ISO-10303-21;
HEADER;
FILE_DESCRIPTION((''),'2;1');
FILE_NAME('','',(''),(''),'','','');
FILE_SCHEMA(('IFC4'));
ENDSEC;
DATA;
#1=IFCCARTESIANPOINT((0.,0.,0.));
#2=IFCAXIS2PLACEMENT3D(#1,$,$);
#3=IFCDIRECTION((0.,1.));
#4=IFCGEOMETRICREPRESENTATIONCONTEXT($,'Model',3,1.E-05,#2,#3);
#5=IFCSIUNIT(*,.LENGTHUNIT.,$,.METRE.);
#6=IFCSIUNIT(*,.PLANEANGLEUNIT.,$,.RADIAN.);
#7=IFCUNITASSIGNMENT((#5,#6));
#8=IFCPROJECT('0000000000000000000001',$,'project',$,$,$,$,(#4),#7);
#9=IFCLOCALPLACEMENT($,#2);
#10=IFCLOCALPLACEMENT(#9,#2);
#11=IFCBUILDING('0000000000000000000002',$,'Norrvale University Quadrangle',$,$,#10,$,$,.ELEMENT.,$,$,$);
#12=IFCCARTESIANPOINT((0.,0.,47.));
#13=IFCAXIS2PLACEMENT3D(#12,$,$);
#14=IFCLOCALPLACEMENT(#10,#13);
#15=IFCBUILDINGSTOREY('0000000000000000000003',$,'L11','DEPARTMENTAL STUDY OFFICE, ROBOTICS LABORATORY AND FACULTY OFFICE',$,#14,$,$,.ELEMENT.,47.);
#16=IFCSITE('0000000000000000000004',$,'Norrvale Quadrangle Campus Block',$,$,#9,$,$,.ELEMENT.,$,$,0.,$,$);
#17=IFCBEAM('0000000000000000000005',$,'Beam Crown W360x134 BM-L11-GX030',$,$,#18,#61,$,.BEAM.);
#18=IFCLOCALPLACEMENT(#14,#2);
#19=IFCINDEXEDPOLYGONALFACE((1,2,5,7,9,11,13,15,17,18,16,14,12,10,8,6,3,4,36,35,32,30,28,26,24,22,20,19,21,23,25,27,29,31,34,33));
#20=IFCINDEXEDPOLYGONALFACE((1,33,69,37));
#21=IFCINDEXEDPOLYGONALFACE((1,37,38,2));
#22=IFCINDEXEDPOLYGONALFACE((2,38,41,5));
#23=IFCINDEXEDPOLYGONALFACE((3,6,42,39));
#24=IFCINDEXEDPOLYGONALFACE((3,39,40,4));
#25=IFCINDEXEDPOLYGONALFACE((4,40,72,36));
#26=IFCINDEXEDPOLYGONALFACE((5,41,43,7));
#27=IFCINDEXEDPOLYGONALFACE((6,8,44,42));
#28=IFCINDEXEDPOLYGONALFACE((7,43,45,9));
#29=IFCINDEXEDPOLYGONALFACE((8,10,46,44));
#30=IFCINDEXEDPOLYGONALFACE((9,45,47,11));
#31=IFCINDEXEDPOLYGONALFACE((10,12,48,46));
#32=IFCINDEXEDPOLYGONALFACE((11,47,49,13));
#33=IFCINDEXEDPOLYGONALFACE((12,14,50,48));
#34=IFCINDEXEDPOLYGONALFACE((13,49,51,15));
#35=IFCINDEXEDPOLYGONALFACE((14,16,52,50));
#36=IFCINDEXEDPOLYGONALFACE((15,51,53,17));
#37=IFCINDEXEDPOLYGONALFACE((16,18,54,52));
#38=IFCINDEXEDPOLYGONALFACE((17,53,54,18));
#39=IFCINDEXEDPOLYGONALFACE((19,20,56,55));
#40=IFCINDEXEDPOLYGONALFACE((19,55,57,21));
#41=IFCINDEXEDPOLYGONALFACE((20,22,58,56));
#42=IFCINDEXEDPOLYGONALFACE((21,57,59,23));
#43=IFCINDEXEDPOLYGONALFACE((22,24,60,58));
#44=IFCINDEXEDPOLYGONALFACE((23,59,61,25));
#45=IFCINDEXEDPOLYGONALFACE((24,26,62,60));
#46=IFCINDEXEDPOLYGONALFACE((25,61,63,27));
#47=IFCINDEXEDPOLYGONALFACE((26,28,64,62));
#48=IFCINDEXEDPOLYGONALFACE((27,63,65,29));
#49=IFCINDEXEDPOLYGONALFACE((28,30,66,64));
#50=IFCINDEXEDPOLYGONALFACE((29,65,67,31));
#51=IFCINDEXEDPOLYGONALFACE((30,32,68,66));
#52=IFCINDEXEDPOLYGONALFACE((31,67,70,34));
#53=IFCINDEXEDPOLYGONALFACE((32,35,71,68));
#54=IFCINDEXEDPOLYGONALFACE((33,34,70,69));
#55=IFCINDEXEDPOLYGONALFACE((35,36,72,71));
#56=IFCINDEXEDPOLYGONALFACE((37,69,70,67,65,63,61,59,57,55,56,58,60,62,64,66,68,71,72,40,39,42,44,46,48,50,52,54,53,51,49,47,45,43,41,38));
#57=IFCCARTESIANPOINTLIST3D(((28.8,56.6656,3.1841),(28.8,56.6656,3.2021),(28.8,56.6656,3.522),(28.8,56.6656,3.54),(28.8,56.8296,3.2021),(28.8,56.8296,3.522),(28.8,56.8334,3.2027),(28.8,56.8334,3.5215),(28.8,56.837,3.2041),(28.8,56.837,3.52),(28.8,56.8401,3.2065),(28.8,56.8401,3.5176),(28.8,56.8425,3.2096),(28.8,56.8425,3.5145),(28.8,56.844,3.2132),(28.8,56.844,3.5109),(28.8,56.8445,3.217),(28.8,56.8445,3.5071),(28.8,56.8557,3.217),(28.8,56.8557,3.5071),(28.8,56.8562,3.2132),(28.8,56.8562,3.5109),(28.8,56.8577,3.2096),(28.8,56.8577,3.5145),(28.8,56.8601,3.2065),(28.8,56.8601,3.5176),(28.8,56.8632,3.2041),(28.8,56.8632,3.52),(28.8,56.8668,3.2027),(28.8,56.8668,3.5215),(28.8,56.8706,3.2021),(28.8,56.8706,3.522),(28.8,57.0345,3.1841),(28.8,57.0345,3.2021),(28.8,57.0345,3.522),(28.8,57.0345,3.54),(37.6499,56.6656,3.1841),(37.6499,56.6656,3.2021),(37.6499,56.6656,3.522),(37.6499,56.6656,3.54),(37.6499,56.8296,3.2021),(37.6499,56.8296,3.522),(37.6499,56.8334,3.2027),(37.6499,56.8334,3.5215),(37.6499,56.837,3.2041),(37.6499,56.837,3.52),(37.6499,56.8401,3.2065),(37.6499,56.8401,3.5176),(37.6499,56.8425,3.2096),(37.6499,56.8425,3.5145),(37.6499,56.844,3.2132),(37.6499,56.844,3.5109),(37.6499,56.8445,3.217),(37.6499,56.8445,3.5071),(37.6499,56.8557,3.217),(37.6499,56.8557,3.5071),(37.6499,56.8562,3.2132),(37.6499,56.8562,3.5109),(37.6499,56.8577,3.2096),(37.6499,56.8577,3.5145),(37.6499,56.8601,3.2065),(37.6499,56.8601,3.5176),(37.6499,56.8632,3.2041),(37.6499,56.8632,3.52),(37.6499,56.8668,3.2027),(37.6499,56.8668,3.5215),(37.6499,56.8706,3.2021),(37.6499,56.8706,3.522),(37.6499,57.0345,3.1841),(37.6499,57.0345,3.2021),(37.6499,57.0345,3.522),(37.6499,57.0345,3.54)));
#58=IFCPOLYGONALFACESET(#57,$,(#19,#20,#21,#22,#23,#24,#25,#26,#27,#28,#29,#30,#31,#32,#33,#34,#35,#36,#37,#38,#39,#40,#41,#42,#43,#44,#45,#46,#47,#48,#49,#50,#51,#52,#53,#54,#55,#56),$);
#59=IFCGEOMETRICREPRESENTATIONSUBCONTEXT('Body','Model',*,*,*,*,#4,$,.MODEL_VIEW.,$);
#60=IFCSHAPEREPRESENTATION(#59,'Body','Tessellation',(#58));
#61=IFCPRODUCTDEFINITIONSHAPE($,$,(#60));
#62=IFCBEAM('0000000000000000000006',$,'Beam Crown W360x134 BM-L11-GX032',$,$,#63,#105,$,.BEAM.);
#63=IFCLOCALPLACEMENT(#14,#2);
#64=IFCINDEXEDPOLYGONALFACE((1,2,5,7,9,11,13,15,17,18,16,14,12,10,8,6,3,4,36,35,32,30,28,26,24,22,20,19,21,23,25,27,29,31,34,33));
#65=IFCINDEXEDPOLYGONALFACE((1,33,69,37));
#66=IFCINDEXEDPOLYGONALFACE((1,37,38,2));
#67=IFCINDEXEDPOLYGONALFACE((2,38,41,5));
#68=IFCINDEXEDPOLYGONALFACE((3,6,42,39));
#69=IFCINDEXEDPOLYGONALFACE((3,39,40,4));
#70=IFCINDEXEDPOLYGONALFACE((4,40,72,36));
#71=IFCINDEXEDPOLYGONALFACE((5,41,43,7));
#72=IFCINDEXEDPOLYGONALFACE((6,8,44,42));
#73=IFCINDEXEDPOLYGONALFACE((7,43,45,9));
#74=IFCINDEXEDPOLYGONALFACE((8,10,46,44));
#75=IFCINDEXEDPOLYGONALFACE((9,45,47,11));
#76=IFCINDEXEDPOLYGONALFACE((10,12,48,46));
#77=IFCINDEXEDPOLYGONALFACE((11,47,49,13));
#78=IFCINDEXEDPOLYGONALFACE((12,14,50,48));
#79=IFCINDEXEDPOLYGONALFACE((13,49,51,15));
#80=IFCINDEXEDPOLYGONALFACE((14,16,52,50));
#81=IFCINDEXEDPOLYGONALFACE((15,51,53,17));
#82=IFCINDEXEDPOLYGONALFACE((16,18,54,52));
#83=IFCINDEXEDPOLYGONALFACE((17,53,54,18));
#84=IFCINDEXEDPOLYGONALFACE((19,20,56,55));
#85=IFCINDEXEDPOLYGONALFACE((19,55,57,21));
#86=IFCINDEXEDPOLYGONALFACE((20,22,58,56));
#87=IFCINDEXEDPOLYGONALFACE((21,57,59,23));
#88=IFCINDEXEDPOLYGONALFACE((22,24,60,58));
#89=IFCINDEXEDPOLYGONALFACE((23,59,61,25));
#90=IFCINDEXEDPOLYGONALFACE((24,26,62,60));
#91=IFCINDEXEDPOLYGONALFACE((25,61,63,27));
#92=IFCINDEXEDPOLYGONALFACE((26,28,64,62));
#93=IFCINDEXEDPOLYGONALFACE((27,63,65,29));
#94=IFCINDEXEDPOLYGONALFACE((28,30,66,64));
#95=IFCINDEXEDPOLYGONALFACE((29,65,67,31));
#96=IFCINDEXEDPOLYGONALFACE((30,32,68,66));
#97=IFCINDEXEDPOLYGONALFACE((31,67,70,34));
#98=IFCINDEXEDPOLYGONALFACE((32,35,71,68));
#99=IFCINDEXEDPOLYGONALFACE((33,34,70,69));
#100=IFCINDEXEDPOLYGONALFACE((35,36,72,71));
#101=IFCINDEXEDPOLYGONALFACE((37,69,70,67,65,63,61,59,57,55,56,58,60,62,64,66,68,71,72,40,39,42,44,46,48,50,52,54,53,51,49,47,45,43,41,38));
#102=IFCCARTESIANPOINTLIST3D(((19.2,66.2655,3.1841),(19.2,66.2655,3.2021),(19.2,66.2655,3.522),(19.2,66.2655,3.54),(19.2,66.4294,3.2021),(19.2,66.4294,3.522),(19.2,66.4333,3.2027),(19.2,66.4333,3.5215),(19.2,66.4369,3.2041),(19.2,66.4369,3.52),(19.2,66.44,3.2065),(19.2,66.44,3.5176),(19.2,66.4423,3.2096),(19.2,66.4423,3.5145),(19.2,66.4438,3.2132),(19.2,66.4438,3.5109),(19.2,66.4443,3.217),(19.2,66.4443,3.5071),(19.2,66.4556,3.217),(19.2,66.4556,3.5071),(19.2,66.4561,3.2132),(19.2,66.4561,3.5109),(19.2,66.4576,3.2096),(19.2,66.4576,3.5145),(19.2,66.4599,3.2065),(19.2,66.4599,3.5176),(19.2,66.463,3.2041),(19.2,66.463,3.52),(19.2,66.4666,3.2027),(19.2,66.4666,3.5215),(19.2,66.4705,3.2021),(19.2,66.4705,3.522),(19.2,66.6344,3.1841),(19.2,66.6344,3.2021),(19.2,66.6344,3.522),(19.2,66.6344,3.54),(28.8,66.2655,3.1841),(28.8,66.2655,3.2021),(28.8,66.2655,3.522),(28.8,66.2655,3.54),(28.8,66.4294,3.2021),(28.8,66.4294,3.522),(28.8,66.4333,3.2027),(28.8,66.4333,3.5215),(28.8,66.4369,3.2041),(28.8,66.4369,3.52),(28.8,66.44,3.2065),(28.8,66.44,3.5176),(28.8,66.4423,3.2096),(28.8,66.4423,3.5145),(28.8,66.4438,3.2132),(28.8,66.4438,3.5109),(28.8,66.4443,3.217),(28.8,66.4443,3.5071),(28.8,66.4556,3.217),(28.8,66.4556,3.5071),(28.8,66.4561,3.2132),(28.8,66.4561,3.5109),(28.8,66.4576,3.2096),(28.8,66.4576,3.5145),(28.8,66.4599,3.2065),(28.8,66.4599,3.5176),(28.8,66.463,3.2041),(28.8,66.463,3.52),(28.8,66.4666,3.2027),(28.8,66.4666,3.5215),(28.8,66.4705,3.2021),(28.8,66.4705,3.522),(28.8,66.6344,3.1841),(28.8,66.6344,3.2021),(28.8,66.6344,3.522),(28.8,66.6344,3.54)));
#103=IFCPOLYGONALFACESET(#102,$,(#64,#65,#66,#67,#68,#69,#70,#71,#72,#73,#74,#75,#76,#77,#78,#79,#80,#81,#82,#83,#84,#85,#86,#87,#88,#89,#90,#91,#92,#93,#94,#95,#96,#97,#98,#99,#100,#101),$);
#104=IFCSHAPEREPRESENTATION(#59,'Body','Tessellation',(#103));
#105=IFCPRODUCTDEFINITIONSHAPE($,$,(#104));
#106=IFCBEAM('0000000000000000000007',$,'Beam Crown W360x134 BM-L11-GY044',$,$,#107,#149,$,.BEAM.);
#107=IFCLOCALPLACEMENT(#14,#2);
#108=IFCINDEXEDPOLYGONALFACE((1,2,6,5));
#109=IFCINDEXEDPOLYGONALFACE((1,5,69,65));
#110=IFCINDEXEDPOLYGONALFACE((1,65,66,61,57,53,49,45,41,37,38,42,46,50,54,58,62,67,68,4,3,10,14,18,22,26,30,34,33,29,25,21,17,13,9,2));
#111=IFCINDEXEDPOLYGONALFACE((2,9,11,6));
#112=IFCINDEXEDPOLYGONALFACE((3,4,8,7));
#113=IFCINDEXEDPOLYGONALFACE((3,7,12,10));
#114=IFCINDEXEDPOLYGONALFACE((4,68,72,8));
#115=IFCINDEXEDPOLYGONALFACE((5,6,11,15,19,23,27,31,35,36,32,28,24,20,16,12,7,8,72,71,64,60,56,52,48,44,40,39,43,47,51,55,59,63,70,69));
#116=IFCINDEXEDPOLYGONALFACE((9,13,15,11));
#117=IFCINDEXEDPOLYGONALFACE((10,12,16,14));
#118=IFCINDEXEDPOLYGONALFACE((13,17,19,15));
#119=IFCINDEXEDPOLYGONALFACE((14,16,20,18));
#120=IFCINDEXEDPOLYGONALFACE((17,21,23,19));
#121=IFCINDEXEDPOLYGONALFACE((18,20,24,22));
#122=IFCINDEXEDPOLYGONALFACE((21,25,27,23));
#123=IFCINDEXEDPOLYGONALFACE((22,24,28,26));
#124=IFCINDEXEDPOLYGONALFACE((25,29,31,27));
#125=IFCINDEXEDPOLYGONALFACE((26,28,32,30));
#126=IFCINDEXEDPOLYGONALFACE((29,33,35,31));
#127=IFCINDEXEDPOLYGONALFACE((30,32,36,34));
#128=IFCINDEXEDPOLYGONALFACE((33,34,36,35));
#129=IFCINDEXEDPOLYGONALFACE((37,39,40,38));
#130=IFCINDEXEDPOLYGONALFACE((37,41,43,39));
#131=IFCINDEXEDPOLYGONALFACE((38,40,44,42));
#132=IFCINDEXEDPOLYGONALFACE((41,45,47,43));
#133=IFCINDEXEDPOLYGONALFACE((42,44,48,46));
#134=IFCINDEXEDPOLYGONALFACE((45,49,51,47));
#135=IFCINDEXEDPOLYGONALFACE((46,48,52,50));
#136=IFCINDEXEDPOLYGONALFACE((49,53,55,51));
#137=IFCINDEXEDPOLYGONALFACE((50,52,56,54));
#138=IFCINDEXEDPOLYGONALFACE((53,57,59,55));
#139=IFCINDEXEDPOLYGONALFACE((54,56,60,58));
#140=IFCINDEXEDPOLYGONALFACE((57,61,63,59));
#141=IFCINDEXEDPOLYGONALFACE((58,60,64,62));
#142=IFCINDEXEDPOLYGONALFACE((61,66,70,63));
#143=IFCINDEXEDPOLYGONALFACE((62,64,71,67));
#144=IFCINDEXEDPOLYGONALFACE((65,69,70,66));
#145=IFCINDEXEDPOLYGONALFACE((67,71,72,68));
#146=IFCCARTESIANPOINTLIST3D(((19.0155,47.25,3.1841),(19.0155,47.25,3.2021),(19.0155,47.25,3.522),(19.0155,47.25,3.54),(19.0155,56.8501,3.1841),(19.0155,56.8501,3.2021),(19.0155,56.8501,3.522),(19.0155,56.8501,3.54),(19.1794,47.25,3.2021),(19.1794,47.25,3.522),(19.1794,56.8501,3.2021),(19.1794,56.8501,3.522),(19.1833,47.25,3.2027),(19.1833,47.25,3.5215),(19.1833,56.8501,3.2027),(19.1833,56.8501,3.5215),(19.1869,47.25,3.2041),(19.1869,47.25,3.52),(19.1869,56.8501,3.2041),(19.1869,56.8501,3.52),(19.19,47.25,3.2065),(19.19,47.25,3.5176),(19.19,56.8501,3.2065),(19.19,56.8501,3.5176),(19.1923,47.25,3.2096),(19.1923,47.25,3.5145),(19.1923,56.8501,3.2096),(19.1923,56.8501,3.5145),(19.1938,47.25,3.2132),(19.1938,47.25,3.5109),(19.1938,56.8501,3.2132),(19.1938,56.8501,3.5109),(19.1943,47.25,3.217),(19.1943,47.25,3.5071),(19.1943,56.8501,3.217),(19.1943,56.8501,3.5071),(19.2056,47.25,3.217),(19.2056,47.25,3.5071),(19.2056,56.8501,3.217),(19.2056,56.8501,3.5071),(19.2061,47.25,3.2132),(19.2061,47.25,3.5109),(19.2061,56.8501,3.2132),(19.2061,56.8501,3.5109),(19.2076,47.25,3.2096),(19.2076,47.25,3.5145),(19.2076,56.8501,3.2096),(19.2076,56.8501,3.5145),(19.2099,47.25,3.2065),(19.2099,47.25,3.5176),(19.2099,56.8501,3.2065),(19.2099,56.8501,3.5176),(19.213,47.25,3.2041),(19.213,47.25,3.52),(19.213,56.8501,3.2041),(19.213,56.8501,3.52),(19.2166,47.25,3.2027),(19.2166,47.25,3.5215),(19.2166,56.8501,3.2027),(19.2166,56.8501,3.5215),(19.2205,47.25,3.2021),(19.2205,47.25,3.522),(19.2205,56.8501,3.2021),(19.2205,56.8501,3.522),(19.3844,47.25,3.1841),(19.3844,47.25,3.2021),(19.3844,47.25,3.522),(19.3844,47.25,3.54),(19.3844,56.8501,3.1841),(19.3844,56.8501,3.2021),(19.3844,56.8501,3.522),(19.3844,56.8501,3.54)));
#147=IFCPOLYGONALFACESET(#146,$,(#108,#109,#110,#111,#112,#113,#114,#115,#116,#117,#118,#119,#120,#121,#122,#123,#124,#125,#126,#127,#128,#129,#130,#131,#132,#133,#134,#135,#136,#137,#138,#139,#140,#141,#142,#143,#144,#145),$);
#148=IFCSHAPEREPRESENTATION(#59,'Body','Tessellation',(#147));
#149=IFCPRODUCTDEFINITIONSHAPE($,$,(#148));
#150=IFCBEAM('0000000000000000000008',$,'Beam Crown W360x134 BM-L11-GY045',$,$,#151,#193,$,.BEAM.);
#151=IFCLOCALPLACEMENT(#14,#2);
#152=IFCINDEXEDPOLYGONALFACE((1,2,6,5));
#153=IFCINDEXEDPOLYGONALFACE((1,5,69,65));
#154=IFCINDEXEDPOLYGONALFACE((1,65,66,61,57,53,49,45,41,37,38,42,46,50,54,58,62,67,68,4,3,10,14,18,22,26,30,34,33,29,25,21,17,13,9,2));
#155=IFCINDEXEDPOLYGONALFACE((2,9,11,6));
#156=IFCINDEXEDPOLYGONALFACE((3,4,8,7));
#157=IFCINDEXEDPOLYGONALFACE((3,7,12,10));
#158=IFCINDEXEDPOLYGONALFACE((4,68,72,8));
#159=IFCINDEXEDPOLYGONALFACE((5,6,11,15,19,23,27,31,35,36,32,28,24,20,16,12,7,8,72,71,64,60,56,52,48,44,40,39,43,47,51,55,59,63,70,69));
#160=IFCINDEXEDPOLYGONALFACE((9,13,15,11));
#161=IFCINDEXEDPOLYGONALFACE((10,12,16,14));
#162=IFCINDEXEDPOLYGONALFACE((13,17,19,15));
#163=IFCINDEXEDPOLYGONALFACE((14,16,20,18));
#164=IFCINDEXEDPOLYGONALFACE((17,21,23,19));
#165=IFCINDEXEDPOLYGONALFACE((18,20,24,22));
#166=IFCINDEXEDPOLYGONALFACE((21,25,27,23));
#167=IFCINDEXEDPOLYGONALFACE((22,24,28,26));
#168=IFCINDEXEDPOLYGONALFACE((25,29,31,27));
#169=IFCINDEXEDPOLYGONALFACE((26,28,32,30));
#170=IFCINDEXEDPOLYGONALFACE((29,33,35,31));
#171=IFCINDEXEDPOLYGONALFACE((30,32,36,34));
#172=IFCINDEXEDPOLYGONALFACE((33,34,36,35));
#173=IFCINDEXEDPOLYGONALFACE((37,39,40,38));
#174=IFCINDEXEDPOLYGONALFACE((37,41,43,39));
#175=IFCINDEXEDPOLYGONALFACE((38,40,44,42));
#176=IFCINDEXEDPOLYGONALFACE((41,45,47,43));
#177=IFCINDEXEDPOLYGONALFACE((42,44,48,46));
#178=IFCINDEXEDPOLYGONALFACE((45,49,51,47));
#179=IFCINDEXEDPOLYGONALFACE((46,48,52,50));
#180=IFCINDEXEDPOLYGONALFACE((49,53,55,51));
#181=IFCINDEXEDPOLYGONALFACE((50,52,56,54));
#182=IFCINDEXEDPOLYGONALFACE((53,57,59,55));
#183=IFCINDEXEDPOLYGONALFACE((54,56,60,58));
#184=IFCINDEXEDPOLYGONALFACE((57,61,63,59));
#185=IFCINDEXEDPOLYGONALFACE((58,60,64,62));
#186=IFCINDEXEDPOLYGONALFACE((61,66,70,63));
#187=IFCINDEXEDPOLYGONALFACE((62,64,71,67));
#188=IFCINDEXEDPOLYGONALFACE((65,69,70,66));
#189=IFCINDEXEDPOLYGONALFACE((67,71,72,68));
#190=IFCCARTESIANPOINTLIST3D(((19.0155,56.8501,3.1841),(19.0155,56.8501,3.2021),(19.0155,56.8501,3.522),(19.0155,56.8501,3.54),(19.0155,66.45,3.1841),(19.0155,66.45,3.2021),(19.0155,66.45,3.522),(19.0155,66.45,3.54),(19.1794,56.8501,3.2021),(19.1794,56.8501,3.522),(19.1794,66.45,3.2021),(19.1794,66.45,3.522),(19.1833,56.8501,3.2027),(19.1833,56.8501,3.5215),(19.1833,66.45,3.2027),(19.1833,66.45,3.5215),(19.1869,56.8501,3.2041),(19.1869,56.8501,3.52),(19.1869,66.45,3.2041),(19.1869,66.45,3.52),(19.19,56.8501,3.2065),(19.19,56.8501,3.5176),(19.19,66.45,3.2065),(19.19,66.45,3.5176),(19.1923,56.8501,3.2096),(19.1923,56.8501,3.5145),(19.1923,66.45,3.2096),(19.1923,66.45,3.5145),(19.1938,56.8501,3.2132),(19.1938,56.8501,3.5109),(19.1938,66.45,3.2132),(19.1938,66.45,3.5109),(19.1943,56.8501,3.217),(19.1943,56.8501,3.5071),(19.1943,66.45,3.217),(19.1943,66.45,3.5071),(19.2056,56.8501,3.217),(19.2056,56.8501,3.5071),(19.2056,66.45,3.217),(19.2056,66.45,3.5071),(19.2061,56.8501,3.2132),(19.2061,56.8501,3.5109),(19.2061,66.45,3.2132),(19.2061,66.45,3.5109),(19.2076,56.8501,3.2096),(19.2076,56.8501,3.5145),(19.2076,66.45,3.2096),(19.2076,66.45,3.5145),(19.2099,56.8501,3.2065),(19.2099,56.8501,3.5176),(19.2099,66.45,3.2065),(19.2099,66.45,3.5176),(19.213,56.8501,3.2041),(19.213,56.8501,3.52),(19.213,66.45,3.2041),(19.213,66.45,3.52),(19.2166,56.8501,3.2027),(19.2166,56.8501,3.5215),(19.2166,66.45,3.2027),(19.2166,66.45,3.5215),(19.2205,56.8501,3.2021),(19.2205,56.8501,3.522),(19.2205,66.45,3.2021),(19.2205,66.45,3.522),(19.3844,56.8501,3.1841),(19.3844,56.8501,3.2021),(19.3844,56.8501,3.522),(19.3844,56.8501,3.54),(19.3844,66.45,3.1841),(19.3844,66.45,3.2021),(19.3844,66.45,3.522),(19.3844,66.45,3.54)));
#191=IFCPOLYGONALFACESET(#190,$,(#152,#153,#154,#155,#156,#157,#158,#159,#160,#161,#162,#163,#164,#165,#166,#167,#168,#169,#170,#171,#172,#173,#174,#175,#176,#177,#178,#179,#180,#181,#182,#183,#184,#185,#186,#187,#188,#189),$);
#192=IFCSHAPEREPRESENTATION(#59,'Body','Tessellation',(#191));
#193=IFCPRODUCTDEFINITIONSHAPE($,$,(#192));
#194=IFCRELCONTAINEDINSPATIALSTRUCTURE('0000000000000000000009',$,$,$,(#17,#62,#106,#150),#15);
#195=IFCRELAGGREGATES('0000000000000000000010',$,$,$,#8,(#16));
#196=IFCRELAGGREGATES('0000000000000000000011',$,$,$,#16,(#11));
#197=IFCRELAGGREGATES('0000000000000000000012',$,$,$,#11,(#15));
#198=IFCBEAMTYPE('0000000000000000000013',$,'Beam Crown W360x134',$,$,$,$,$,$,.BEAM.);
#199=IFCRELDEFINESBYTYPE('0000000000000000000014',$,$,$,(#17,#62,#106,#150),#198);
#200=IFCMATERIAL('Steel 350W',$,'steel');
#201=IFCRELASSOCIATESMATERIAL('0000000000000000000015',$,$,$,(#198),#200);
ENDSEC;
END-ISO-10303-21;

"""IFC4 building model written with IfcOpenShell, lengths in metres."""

from ifc_helpers import new_model, si_unit, direction, frame, origin, origin_2d, place, context, subcontext, project, spatial, i_section, extrude, material, material_profile, profile_set, type_object, element, save


model = new_model("IFC4")

# Units and contexts
model_context = context("Model", 3, precision=1e-05, world=origin(), true_north=direction((0.0, 1.0)))
body_context = subcontext(model_context, "Body", "Model", "MODEL_VIEW")
ifc_project = project(units=[si_unit("LENGTHUNIT", "METRE"), si_unit("PLANEANGLEUNIT", "RADIAN")], contexts=[model_context])

# Site, building, storey
site_placement = place(None, origin())
site = spatial("IfcSite", under=ifc_project, at=site_placement, Name="Norrvale Quadrangle Campus Block", CompositionType="ELEMENT", RefElevation=0.0)
building_placement = place(site_placement, origin())
building = spatial("IfcBuilding", under=site, at=building_placement, Name="Norrvale University Quadrangle", CompositionType="ELEMENT")
storey_placement = place(building_placement, frame((0.0, 0.0, 47.0)))
storey = spatial("IfcBuildingStorey", under=building, at=storey_placement, Name="L11", Description="DEPARTMENTAL STUDY OFFICE, ROBOTICS LABORATORY AND FACULTY OFFICE", CompositionType="ELEMENT", Elevation=47.0)

# Beams
ifc_material_1 = material(Name="Steel 350W", Category="steel")
ifc_material_profile_1 = material_profile(ifc_material_1, i_section(OverallWidth=0.3689, OverallDepth=0.356, WebThickness=0.0112, FlangeThickness=0.0181, FilletRadius=0.0149, at=origin_2d()), Name="Steel 350W")
ifc_profile_set_1 = profile_set([ifc_material_profile_1], Name="Steel 350W")
beam_type_1 = type_object("IfcBeamType", Name="Beam Crown W360x134", PredefinedType="BEAM", material=ifc_profile_set_1)
beam_1_placement = place(storey_placement, frame((28.8, 56.8501, 3.3621), z_axis=(1.0, 0.0, 0.0), x_axis=(0.0, 1.0, 0.0)))
element("IfcBeam", 1, at=beam_1_placement, inside=storey, type_object=beam_type_1, Name="Beam Crown W360x134 BM-L11-GX030", PredefinedType="BEAM", context=body_context, shape_type="SweptSolid", body=[
    extrude(i_section(OverallWidth=0.3689, OverallDepth=0.356, WebThickness=0.0112, FlangeThickness=0.0181, FilletRadius=0.0149, at=origin_2d()), origin(), (0.0, 0.0, 1.0), 8.8499),
])
for number, where, z_axis, x_axis, name in (
    (2, (19.2, 66.45, 3.3621), (1.0, 0.0, 0.0), (0.0, 1.0, 0.0), "Beam Crown W360x134 BM-L11-GX032"),
    (3, (19.2, 47.25, 3.3621), (0.0, 1.0, 0.0), (-1.0, 0.0, 0.0), "Beam Crown W360x134 BM-L11-GY044"),
):
    element("IfcBeam", number, at=place(storey_placement, frame(where, z_axis=z_axis, x_axis=x_axis)), inside=storey, type_object=beam_type_1, Name=name, PredefinedType="BEAM", context=body_context, shape_type="SweptSolid", body=[
        extrude(i_section(OverallWidth=0.3689, OverallDepth=0.356, WebThickness=0.0112, FlangeThickness=0.0181, FilletRadius=0.0149, at=origin_2d()), origin(), (0.0, 0.0, 1.0), 9.6001),
    ])
beam_2_placement = place(storey_placement, frame((19.2, 56.8501, 3.3621), z_axis=(0.0, 1.0, 0.0), x_axis=(-1.0, 0.0, 0.0)))
element("IfcBeam", 4, at=beam_2_placement, inside=storey, type_object=beam_type_1, Name="Beam Crown W360x134 BM-L11-GY045", PredefinedType="BEAM", context=body_context, shape_type="SweptSolid", body=[
    extrude(i_section(OverallWidth=0.3689, OverallDepth=0.356, WebThickness=0.0112, FlangeThickness=0.0181, FilletRadius=0.0149, at=origin_2d()), origin(), (0.0, 0.0, 1.0), 9.5999),
])

save(model, "model.ifc")
